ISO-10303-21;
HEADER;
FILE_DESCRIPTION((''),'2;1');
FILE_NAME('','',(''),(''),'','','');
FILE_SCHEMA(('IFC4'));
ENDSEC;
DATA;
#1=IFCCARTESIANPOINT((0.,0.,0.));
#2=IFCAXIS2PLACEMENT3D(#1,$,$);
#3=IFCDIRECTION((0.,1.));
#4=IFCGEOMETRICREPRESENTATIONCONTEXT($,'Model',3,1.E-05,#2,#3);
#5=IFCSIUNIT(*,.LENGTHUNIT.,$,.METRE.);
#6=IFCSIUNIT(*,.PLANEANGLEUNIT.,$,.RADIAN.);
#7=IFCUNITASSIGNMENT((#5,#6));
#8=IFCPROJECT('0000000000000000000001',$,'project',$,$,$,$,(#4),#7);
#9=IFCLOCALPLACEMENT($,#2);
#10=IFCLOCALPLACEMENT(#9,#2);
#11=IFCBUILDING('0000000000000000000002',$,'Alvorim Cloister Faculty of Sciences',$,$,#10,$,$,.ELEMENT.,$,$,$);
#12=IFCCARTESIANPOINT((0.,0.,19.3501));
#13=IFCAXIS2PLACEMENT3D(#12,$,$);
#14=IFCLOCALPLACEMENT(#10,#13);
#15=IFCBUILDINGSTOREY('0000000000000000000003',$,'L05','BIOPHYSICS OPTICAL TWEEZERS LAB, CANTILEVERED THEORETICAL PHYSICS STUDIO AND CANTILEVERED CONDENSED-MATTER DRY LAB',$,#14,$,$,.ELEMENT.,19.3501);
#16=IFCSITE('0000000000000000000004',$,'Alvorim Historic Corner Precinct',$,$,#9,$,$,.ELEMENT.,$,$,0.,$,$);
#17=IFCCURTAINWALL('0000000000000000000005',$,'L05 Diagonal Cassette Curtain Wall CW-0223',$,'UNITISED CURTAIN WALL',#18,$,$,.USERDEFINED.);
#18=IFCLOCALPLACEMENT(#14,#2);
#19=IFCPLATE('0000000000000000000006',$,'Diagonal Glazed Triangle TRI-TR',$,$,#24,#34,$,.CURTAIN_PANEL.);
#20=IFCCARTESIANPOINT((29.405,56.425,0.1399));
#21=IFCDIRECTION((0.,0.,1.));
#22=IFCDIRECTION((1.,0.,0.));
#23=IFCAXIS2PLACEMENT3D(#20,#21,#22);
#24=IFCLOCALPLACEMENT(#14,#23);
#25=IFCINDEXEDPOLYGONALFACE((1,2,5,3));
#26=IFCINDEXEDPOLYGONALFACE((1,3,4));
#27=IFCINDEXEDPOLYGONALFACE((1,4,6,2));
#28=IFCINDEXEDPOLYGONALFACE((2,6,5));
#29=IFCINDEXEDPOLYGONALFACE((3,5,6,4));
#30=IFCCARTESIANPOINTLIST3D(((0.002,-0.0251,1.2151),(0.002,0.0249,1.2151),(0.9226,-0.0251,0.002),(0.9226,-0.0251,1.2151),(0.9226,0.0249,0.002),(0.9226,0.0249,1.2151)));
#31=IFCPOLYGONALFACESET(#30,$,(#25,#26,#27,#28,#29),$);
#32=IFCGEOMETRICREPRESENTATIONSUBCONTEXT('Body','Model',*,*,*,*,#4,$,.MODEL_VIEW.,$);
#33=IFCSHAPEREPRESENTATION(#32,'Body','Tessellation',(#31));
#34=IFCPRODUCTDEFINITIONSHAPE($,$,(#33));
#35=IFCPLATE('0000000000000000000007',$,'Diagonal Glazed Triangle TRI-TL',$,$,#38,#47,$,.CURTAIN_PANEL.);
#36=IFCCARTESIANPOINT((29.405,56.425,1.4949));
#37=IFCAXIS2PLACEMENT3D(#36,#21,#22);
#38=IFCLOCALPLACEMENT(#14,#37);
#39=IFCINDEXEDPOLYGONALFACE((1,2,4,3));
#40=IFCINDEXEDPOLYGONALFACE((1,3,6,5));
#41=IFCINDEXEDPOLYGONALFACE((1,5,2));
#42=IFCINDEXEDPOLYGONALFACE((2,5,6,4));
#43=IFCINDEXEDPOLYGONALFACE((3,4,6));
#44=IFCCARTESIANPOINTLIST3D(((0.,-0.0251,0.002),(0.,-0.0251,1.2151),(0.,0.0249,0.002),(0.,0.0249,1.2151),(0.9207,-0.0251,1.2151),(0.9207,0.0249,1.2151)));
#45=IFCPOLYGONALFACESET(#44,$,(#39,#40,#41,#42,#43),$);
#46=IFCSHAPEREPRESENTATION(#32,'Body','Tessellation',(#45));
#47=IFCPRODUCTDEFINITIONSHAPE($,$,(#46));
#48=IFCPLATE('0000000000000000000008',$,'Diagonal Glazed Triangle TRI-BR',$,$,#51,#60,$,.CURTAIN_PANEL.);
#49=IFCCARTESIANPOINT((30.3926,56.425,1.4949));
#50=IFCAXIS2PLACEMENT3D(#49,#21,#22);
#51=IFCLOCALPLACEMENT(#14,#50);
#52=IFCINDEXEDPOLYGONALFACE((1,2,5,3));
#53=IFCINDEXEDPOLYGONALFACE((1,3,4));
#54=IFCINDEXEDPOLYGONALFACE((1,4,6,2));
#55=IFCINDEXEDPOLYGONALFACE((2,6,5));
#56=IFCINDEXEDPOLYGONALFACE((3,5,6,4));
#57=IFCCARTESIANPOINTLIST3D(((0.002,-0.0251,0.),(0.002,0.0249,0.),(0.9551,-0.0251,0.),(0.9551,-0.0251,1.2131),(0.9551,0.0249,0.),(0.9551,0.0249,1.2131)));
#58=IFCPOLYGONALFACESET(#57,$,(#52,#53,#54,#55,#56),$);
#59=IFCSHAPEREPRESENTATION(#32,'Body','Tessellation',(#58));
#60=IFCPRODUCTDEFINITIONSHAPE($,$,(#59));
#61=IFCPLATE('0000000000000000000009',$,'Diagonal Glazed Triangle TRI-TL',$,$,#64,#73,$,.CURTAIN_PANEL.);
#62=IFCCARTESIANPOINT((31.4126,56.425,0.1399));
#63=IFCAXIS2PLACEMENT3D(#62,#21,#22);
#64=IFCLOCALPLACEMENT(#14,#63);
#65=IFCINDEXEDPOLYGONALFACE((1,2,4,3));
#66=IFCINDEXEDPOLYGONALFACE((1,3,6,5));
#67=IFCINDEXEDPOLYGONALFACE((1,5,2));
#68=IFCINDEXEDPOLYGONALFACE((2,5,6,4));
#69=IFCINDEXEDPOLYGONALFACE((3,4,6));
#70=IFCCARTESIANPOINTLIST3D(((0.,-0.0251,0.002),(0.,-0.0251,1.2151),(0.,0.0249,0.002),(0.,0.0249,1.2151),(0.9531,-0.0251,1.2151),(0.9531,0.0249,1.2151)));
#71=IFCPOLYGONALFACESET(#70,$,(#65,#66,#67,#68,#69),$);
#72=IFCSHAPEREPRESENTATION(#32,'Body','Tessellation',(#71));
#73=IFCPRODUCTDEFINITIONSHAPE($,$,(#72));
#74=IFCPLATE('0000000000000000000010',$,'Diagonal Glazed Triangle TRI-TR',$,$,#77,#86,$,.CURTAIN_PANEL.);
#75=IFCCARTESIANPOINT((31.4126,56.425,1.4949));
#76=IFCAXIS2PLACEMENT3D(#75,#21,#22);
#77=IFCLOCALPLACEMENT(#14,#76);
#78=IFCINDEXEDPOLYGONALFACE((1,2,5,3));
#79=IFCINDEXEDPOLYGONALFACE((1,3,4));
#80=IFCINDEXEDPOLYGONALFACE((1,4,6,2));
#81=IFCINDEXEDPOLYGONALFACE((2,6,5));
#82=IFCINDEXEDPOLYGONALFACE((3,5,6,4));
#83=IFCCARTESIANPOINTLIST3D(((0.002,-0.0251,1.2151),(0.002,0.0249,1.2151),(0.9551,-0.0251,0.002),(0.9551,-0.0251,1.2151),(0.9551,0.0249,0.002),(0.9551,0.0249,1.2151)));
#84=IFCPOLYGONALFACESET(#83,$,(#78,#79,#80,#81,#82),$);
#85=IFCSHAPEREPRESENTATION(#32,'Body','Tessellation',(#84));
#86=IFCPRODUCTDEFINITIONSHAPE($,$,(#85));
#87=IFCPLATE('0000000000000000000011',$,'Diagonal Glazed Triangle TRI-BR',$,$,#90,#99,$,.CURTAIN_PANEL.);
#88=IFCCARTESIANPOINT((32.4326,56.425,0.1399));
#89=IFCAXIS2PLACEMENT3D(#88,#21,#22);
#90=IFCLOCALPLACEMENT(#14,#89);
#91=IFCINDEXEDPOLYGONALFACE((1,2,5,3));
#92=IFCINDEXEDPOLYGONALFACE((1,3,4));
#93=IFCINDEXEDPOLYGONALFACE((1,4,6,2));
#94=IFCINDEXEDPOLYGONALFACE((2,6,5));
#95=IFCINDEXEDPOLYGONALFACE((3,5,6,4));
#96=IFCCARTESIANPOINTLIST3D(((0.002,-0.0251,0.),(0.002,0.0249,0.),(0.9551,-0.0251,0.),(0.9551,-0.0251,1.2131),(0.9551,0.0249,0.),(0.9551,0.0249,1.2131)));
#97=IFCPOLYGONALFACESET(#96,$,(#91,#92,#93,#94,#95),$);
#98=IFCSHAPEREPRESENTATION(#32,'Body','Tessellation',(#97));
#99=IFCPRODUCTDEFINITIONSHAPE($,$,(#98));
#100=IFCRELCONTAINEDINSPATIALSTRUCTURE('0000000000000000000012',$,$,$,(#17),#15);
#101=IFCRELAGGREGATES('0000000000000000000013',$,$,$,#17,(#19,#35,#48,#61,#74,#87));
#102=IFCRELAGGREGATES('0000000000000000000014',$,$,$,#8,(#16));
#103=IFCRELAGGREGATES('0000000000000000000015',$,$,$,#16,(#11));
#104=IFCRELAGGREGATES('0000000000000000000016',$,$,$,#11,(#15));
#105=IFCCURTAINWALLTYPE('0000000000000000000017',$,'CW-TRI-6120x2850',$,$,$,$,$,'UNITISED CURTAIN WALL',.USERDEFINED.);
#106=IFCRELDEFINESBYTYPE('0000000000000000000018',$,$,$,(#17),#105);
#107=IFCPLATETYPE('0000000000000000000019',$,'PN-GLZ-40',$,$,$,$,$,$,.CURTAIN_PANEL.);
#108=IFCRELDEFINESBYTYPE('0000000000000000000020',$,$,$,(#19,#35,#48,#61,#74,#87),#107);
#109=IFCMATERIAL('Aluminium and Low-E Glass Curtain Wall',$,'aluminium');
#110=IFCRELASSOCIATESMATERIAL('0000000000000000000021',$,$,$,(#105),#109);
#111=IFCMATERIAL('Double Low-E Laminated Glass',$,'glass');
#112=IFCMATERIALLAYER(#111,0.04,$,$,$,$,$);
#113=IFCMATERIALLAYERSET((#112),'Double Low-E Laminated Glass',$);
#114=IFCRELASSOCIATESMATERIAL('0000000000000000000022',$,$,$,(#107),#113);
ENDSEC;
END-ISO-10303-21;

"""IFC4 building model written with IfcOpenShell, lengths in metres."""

from ifc_helpers import new_model, si_unit, direction, frame, origin, place, context, subcontext, project, spatial, polyline, outline, extrude, material, layer, layer_set, type_object, element, aggregate, save


model = new_model("IFC4")

# Units and contexts
model_context = context("Model", 3, precision=1e-05, world=origin(), true_north=direction((0.0, 1.0)))
body_context = subcontext(model_context, "Body", "Model", "MODEL_VIEW")
ifc_project = project(units=[si_unit("LENGTHUNIT", "METRE"), si_unit("PLANEANGLEUNIT", "RADIAN")], contexts=[model_context])

# Site, building, storey
site_placement = place(None, origin())
site = spatial("IfcSite", under=ifc_project, at=site_placement, Name="Alvorim Historic Corner Precinct", CompositionType="ELEMENT", RefElevation=0.0)
building_placement = place(site_placement, origin())
building = spatial("IfcBuilding", under=site, at=building_placement, Name="Alvorim Cloister Faculty of Sciences", CompositionType="ELEMENT")
storey_placement = place(building_placement, frame((0.0, 0.0, 19.3501)))
storey = spatial("IfcBuildingStorey", under=building, at=storey_placement, Name="L05", Description="BIOPHYSICS OPTICAL TWEEZERS LAB, CANTILEVERED THEORETICAL PHYSICS STUDIO AND CANTILEVERED CONDENSED-MATTER DRY LAB", CompositionType="ELEMENT", Elevation=19.3501)

# Curtain wall, plates
ifc_material_1 = material(Name="Aluminium and Low-E Glass Curtain Wall", Category="aluminium")
curtain_wall_type = type_object("IfcCurtainWallType", Name="CW-TRI-6120x2850", ElementType="UNITISED CURTAIN WALL", PredefinedType="USERDEFINED", material=ifc_material_1)
curtain_wall_placement = place(storey_placement, origin())
curtain_wall = element("IfcCurtainWall", 1, at=curtain_wall_placement, inside=storey, type_object=curtain_wall_type, Name="L05 Diagonal Cassette Curtain Wall CW-0223", ObjectType="UNITISED CURTAIN WALL", PredefinedType="USERDEFINED")
ifc_material_2 = material(Name="Double Low-E Laminated Glass", Category="glass")
ifc_layer_1 = layer(ifc_material_2, 0.04)
ifc_layer_set_1 = layer_set([ifc_layer_1], Name="Double Low-E Laminated Glass")
plate_type = type_object("IfcPlateType", Name="PN-GLZ-40", PredefinedType="CURTAIN_PANEL", material=ifc_layer_set_1)
plate_1_placement = place(storey_placement, frame((29.405, 56.425, 0.1399), z_axis=(0.0, 0.0, 1.0), x_axis=(1.0, 0.0, 0.0)))
plate_1 = element("IfcPlate", 2, at=plate_1_placement, type_object=plate_type, Name="Diagonal Glazed Triangle TRI-TR", PredefinedType="CURTAIN_PANEL", context=body_context, shape_type="SweptSolid", body=[
    extrude(outline(polyline([(0.9226, 0.002), (0.9226, 1.2151), (0.002, 1.2151), (0.9226, 0.002)])), frame((0.0, 0.0249, 0.0), z_axis=(0.0, -1.0, 0.0), x_axis=(1.0, 0.0, 0.0)), (0.0, 0.0, 1.0), 0.05),
])
plate_2_placement = place(storey_placement, frame((29.405, 56.425, 1.4949), z_axis=(0.0, 0.0, 1.0), x_axis=(1.0, 0.0, 0.0)))
plate_2 = element("IfcPlate", 3, at=plate_2_placement, type_object=plate_type, Name="Diagonal Glazed Triangle TRI-TL", PredefinedType="CURTAIN_PANEL", context=body_context, shape_type="SweptSolid", body=[
    extrude(outline(polyline([(0.9207, 1.2151), (0.0, 1.2151), (0.0, 0.002), (0.9207, 1.2151)])), frame((0.0, 0.0249, 0.0), z_axis=(0.0, -1.0, 0.0), x_axis=(1.0, 0.0, 0.0)), (0.0, 0.0, 1.0), 0.05),
])
plate_3_placement = place(storey_placement, frame((30.3926, 56.425, 1.4949), z_axis=(0.0, 0.0, 1.0), x_axis=(1.0, 0.0, 0.0)))
plate_3 = element("IfcPlate", 4, at=plate_3_placement, type_object=plate_type, Name="Diagonal Glazed Triangle TRI-BR", PredefinedType="CURTAIN_PANEL", context=body_context, shape_type="SweptSolid", body=[
    extrude(outline(polyline([(0.002, 0.0), (0.9551, 0.0), (0.9551, 1.2131), (0.002, 0.0)])), frame((0.0, 0.0249, 0.0), z_axis=(0.0, -1.0, 0.0), x_axis=(1.0, 0.0, 0.0)), (0.0, 0.0, 1.0), 0.05),
])
plate_4_placement = place(storey_placement, frame((31.4126, 56.425, 0.1399), z_axis=(0.0, 0.0, 1.0), x_axis=(1.0, 0.0, 0.0)))
plate_4 = element("IfcPlate", 5, at=plate_4_placement, type_object=plate_type, Name="Diagonal Glazed Triangle TRI-TL", PredefinedType="CURTAIN_PANEL", context=body_context, shape_type="SweptSolid", body=[
    extrude(outline(polyline([(0.9531, 1.2151), (0.0, 1.2151), (0.0, 0.002), (0.9531, 1.2151)])), frame((0.0, 0.0249, 0.0), z_axis=(0.0, -1.0, 0.0), x_axis=(1.0, 0.0, 0.0)), (0.0, 0.0, 1.0), 0.05),
])
plate_5_placement = place(storey_placement, frame((31.4126, 56.425, 1.4949), z_axis=(0.0, 0.0, 1.0), x_axis=(1.0, 0.0, 0.0)))
plate_5 = element("IfcPlate", 6, at=plate_5_placement, type_object=plate_type, Name="Diagonal Glazed Triangle TRI-TR", PredefinedType="CURTAIN_PANEL", context=body_context, shape_type="SweptSolid", body=[
    extrude(outline(polyline([(0.9551, 0.002), (0.9551, 1.2151), (0.002, 1.2151), (0.9551, 0.002)])), frame((0.0, 0.0249, 0.0), z_axis=(0.0, -1.0, 0.0), x_axis=(1.0, 0.0, 0.0)), (0.0, 0.0, 1.0), 0.05),
])
plate_6_placement = place(storey_placement, frame((32.4326, 56.425, 0.1399), z_axis=(0.0, 0.0, 1.0), x_axis=(1.0, 0.0, 0.0)))
plate_6 = element("IfcPlate", 7, at=plate_6_placement, type_object=plate_type, Name="Diagonal Glazed Triangle TRI-BR", PredefinedType="CURTAIN_PANEL", context=body_context, shape_type="SweptSolid", body=[
    extrude(outline(polyline([(0.002, 0.0), (0.9551, 0.0), (0.9551, 1.2131), (0.002, 0.0)])), frame((0.0, 0.0249, 0.0), z_axis=(0.0, -1.0, 0.0), x_axis=(1.0, 0.0, 0.0)), (0.0, 0.0, 1.0), 0.05),
])
aggregate(curtain_wall, [plate_1, plate_2, plate_3, plate_4, plate_5, plate_6])

save(model, "model.ifc")
